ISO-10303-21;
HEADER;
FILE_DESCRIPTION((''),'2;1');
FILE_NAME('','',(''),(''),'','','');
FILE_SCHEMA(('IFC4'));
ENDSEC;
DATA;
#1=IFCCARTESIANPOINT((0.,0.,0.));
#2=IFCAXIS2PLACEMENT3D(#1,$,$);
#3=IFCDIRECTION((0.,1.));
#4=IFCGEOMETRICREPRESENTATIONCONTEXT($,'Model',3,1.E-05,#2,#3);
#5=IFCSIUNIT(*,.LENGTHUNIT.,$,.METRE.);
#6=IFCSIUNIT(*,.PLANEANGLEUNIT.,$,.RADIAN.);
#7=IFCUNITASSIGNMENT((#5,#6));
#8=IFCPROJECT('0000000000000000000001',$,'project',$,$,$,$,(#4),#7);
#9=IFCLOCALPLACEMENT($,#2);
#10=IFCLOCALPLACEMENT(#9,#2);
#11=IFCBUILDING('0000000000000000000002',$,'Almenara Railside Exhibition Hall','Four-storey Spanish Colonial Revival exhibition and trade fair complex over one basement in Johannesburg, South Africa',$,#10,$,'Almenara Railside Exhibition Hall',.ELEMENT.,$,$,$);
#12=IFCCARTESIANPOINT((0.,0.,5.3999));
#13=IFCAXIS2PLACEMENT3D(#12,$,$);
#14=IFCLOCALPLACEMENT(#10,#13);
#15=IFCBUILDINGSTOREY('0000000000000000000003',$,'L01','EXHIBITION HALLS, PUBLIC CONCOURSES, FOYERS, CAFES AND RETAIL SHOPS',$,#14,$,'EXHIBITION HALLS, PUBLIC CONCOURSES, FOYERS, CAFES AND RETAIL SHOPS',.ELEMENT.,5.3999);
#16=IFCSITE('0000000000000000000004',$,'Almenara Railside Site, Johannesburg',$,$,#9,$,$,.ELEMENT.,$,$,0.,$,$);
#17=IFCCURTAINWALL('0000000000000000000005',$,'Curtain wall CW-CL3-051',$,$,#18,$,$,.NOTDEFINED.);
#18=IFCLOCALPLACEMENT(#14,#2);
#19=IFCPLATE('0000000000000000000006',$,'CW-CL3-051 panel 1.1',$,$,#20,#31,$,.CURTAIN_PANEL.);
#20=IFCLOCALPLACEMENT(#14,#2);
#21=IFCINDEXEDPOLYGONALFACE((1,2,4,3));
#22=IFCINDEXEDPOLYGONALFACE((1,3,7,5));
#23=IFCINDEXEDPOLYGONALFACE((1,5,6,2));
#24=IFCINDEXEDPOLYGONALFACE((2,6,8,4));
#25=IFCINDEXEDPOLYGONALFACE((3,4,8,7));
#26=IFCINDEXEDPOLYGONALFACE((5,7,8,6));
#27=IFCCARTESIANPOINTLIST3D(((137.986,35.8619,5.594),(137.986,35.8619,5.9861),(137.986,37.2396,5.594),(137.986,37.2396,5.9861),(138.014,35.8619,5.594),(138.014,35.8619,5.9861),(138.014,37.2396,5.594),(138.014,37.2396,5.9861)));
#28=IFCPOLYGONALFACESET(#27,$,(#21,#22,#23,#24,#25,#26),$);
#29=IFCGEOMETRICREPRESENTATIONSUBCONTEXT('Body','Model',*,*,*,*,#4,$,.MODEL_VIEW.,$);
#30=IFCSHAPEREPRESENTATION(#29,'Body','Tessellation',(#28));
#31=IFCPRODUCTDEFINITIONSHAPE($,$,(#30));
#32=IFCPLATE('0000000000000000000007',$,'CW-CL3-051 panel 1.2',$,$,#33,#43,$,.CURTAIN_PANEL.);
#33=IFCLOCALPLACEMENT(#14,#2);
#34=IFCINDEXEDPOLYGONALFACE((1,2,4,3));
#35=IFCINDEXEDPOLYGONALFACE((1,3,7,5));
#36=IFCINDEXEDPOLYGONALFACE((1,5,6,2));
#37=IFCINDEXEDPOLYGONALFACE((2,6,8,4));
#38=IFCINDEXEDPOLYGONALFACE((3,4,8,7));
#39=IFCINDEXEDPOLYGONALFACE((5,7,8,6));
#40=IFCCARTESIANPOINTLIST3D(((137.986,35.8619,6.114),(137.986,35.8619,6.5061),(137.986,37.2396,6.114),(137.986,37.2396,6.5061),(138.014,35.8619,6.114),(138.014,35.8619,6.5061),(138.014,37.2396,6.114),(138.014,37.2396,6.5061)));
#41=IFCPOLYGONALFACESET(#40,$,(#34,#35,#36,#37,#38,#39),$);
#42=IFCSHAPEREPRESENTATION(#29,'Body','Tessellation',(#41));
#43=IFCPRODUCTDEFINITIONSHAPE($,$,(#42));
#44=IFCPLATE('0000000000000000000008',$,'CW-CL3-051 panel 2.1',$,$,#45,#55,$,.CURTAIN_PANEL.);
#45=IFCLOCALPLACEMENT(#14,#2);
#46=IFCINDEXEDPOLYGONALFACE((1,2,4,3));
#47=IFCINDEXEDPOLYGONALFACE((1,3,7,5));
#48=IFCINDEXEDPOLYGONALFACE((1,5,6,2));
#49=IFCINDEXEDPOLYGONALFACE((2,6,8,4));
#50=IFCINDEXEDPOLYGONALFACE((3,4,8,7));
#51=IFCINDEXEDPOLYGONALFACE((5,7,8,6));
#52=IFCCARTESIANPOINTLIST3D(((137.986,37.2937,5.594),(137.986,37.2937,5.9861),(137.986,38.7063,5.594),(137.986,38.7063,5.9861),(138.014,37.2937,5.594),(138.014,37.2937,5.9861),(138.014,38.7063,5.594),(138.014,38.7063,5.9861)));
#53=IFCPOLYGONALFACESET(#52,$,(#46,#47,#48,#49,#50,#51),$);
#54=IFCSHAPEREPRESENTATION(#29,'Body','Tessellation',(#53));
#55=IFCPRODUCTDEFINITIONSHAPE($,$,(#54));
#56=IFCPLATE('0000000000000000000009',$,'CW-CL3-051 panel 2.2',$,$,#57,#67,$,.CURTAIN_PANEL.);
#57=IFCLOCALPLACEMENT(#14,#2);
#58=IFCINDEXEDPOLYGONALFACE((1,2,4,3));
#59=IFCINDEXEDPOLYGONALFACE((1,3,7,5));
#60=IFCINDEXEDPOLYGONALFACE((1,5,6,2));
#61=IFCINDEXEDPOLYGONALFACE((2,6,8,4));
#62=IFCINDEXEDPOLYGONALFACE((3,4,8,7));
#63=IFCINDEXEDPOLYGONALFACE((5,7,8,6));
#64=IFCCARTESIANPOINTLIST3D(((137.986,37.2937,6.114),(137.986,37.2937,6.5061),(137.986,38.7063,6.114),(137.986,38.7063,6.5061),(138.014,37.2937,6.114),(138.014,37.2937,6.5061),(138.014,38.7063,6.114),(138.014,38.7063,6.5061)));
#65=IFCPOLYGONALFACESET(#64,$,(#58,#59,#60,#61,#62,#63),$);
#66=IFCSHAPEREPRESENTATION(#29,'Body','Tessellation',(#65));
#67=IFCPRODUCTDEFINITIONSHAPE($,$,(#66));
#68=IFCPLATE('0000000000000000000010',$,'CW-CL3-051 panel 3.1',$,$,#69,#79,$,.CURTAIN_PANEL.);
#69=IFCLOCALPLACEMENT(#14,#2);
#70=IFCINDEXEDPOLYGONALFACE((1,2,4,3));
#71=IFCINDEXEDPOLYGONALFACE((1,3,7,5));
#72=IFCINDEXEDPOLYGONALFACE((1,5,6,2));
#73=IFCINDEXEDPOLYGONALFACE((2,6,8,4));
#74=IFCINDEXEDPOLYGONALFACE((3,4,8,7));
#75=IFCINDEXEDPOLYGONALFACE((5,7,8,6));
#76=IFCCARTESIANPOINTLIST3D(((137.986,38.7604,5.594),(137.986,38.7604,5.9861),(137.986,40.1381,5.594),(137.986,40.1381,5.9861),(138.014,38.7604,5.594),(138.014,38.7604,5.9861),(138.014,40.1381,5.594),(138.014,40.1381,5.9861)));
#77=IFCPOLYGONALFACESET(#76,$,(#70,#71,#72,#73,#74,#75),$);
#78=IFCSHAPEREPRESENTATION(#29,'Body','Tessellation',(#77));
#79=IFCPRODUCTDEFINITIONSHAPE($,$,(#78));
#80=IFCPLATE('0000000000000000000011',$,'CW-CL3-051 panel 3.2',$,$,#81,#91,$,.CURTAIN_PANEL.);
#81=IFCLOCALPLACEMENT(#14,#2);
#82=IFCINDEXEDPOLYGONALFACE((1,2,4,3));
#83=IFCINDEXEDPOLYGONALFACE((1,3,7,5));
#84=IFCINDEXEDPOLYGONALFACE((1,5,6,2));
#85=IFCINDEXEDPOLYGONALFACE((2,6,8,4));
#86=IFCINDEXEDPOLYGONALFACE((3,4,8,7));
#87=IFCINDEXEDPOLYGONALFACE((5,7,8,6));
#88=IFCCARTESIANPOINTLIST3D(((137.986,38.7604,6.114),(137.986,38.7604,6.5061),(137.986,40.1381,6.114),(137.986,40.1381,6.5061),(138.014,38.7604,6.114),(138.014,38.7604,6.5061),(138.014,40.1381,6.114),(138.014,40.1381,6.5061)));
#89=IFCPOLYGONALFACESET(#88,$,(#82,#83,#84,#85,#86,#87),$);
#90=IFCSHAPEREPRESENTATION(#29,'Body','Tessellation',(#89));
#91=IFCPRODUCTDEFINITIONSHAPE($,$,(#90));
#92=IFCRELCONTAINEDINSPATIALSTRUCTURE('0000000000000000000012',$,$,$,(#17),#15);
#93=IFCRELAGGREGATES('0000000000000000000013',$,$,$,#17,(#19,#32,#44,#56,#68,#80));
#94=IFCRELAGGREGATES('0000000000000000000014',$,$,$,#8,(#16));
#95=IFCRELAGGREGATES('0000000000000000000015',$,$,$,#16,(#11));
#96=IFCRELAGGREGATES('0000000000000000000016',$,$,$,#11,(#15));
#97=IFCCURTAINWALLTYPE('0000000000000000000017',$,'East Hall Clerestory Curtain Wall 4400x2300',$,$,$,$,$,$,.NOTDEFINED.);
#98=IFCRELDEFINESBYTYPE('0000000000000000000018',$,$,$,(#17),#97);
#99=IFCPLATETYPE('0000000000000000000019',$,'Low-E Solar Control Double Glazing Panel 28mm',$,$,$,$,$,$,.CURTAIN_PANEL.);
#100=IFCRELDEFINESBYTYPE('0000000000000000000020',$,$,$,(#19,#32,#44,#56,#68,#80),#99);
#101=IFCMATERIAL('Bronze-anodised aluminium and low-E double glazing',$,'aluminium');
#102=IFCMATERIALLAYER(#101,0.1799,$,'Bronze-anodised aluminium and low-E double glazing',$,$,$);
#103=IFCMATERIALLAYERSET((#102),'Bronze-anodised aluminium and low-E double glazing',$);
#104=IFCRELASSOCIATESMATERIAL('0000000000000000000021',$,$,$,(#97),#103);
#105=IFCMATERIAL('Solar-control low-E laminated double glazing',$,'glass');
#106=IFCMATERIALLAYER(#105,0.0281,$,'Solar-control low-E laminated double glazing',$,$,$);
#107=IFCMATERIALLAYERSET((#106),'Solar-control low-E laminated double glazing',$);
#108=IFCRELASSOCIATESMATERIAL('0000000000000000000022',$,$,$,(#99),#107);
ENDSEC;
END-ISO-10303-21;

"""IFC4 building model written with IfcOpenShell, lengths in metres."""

from ifc_helpers import new_model, si_unit, direction, frame, origin, origin_2d, place, context, subcontext, project, spatial, rectangle, extrude, material, layer, layer_set, type_object, element, aggregate, save


model = new_model("IFC4")

# Units and contexts
model_context = context("Model", 3, precision=1e-05, world=origin(), true_north=direction((0.0, 1.0)))
body_context = subcontext(model_context, "Body", "Model", "MODEL_VIEW")
ifc_project = project(units=[si_unit("LENGTHUNIT", "METRE"), si_unit("PLANEANGLEUNIT", "RADIAN")], contexts=[model_context])

# Site, building, storey
site_placement = place(None, origin())
site = spatial("IfcSite", under=ifc_project, at=site_placement, Name="Almenara Railside Site, Johannesburg", CompositionType="ELEMENT", RefElevation=0.0)
building_placement = place(site_placement, origin())
building = spatial("IfcBuilding", under=site, at=building_placement, Name="Almenara Railside Exhibition Hall", Description="Four-storey Spanish Colonial Revival exhibition and trade fair complex over one basement in Johannesburg, South Africa", LongName="Almenara Railside Exhibition Hall", CompositionType="ELEMENT")
storey_placement = place(building_placement, frame((0.0, 0.0, 5.3999)))
storey = spatial("IfcBuildingStorey", under=building, at=storey_placement, Name="L01", Description="EXHIBITION HALLS, PUBLIC CONCOURSES, FOYERS, CAFES AND RETAIL SHOPS", LongName="EXHIBITION HALLS, PUBLIC CONCOURSES, FOYERS, CAFES AND RETAIL SHOPS", CompositionType="ELEMENT", Elevation=5.3999)

# Shared definitions
ifc_material_1 = material(Name="Bronze-anodised aluminium and low-E double glazing", Category="aluminium")
ifc_layer_1 = layer(ifc_material_1, 0.1799, Name="Bronze-anodised aluminium and low-E double glazing")
ifc_layer_set_1 = layer_set([ifc_layer_1], Name="Bronze-anodised aluminium and low-E double glazing")
curtain_wall_type = type_object("IfcCurtainWallType", Name="East Hall Clerestory Curtain Wall 4400x2300", PredefinedType="NOTDEFINED", material=ifc_layer_set_1)

# Curtain wall
curtain_wall_1_placement = place(storey_placement, origin())
curtain_wall_1 = element("IfcCurtainWall", 1, at=curtain_wall_1_placement, inside=storey, type_object=curtain_wall_type, Name="Curtain wall CW-CL3-051", PredefinedType="NOTDEFINED")

# Plates
ifc_material_2 = material(Name="Solar-control low-E laminated double glazing", Category="glass")
ifc_layer_2 = layer(ifc_material_2, 0.0281, Name="Solar-control low-E laminated double glazing")
ifc_layer_set_2 = layer_set([ifc_layer_2], Name="Solar-control low-E laminated double glazing")
plate_type = type_object("IfcPlateType", Name="Low-E Solar Control Double Glazing Panel 28mm", PredefinedType="CURTAIN_PANEL", material=ifc_layer_set_2)
plate_1_placement = place(storey_placement, frame((138.0, 36.5508, 5.594), z_axis=(0.0, 0.0, 1.0), x_axis=(0.0, 1.0, 0.0)))
plate_1 = element("IfcPlate", 2, at=plate_1_placement, type_object=plate_type, Name="CW-CL3-051 panel 1.1", PredefinedType="CURTAIN_PANEL", context=body_context, shape_type="SweptSolid", body=[
    extrude(rectangle(XDim=1.3777, YDim=0.0281, at=origin_2d()), origin(), (0.0, 0.0, 1.0), 0.3921),
])
plate_2_placement = place(storey_placement, frame((138.0, 36.5508, 6.114), z_axis=(0.0, 0.0, 1.0), x_axis=(0.0, 1.0, 0.0)))
plate_2 = element("IfcPlate", 3, at=plate_2_placement, type_object=plate_type, Name="CW-CL3-051 panel 1.2", PredefinedType="CURTAIN_PANEL", context=body_context, shape_type="SweptSolid", body=[
    extrude(rectangle(XDim=1.3777, YDim=0.0281, at=origin_2d()), origin(), (0.0, 0.0, 1.0), 0.3921),
])
plate_3_placement = place(storey_placement, frame((138.0, 38.0, 5.594), z_axis=(0.0, 0.0, 1.0), x_axis=(0.0, 1.0, 0.0)))
plate_3 = element("IfcPlate", 4, at=plate_3_placement, type_object=plate_type, Name="CW-CL3-051 panel 2.1", PredefinedType="CURTAIN_PANEL", context=body_context, shape_type="SweptSolid", body=[
    extrude(rectangle(XDim=1.4126, YDim=0.0281, at=origin_2d()), origin(), (0.0, 0.0, 1.0), 0.3921),
])
plate_4_placement = place(storey_placement, frame((138.0, 38.0, 6.114), z_axis=(0.0, 0.0, 1.0), x_axis=(0.0, 1.0, 0.0)))
plate_4 = element("IfcPlate", 5, at=plate_4_placement, type_object=plate_type, Name="CW-CL3-051 panel 2.2", PredefinedType="CURTAIN_PANEL", context=body_context, shape_type="SweptSolid", body=[
    extrude(rectangle(XDim=1.4126, YDim=0.0281, at=origin_2d()), origin(), (0.0, 0.0, 1.0), 0.3921),
])
plate_5_placement = place(storey_placement, frame((138.0, 39.4492, 5.594), z_axis=(0.0, 0.0, 1.0), x_axis=(0.0, 1.0, 0.0)))
plate_5 = element("IfcPlate", 6, at=plate_5_placement, type_object=plate_type, Name="CW-CL3-051 panel 3.1", PredefinedType="CURTAIN_PANEL", context=body_context, shape_type="SweptSolid", body=[
    extrude(rectangle(XDim=1.3777, YDim=0.0281, at=origin_2d()), origin(), (0.0, 0.0, 1.0), 0.3921),
])
plate_6_placement = place(storey_placement, frame((138.0, 39.4492, 6.114), z_axis=(0.0, 0.0, 1.0), x_axis=(0.0, 1.0, 0.0)))
plate_6 = element("IfcPlate", 7, at=plate_6_placement, type_object=plate_type, Name="CW-CL3-051 panel 3.2", PredefinedType="CURTAIN_PANEL", context=body_context, shape_type="SweptSolid", body=[
    extrude(rectangle(XDim=1.3777, YDim=0.0281, at=origin_2d()), origin(), (0.0, 0.0, 1.0), 0.3921),
])
aggregate(curtain_wall_1, [plate_1, plate_2, plate_3, plate_4, plate_5, plate_6])

save(model, "model.ifc")
